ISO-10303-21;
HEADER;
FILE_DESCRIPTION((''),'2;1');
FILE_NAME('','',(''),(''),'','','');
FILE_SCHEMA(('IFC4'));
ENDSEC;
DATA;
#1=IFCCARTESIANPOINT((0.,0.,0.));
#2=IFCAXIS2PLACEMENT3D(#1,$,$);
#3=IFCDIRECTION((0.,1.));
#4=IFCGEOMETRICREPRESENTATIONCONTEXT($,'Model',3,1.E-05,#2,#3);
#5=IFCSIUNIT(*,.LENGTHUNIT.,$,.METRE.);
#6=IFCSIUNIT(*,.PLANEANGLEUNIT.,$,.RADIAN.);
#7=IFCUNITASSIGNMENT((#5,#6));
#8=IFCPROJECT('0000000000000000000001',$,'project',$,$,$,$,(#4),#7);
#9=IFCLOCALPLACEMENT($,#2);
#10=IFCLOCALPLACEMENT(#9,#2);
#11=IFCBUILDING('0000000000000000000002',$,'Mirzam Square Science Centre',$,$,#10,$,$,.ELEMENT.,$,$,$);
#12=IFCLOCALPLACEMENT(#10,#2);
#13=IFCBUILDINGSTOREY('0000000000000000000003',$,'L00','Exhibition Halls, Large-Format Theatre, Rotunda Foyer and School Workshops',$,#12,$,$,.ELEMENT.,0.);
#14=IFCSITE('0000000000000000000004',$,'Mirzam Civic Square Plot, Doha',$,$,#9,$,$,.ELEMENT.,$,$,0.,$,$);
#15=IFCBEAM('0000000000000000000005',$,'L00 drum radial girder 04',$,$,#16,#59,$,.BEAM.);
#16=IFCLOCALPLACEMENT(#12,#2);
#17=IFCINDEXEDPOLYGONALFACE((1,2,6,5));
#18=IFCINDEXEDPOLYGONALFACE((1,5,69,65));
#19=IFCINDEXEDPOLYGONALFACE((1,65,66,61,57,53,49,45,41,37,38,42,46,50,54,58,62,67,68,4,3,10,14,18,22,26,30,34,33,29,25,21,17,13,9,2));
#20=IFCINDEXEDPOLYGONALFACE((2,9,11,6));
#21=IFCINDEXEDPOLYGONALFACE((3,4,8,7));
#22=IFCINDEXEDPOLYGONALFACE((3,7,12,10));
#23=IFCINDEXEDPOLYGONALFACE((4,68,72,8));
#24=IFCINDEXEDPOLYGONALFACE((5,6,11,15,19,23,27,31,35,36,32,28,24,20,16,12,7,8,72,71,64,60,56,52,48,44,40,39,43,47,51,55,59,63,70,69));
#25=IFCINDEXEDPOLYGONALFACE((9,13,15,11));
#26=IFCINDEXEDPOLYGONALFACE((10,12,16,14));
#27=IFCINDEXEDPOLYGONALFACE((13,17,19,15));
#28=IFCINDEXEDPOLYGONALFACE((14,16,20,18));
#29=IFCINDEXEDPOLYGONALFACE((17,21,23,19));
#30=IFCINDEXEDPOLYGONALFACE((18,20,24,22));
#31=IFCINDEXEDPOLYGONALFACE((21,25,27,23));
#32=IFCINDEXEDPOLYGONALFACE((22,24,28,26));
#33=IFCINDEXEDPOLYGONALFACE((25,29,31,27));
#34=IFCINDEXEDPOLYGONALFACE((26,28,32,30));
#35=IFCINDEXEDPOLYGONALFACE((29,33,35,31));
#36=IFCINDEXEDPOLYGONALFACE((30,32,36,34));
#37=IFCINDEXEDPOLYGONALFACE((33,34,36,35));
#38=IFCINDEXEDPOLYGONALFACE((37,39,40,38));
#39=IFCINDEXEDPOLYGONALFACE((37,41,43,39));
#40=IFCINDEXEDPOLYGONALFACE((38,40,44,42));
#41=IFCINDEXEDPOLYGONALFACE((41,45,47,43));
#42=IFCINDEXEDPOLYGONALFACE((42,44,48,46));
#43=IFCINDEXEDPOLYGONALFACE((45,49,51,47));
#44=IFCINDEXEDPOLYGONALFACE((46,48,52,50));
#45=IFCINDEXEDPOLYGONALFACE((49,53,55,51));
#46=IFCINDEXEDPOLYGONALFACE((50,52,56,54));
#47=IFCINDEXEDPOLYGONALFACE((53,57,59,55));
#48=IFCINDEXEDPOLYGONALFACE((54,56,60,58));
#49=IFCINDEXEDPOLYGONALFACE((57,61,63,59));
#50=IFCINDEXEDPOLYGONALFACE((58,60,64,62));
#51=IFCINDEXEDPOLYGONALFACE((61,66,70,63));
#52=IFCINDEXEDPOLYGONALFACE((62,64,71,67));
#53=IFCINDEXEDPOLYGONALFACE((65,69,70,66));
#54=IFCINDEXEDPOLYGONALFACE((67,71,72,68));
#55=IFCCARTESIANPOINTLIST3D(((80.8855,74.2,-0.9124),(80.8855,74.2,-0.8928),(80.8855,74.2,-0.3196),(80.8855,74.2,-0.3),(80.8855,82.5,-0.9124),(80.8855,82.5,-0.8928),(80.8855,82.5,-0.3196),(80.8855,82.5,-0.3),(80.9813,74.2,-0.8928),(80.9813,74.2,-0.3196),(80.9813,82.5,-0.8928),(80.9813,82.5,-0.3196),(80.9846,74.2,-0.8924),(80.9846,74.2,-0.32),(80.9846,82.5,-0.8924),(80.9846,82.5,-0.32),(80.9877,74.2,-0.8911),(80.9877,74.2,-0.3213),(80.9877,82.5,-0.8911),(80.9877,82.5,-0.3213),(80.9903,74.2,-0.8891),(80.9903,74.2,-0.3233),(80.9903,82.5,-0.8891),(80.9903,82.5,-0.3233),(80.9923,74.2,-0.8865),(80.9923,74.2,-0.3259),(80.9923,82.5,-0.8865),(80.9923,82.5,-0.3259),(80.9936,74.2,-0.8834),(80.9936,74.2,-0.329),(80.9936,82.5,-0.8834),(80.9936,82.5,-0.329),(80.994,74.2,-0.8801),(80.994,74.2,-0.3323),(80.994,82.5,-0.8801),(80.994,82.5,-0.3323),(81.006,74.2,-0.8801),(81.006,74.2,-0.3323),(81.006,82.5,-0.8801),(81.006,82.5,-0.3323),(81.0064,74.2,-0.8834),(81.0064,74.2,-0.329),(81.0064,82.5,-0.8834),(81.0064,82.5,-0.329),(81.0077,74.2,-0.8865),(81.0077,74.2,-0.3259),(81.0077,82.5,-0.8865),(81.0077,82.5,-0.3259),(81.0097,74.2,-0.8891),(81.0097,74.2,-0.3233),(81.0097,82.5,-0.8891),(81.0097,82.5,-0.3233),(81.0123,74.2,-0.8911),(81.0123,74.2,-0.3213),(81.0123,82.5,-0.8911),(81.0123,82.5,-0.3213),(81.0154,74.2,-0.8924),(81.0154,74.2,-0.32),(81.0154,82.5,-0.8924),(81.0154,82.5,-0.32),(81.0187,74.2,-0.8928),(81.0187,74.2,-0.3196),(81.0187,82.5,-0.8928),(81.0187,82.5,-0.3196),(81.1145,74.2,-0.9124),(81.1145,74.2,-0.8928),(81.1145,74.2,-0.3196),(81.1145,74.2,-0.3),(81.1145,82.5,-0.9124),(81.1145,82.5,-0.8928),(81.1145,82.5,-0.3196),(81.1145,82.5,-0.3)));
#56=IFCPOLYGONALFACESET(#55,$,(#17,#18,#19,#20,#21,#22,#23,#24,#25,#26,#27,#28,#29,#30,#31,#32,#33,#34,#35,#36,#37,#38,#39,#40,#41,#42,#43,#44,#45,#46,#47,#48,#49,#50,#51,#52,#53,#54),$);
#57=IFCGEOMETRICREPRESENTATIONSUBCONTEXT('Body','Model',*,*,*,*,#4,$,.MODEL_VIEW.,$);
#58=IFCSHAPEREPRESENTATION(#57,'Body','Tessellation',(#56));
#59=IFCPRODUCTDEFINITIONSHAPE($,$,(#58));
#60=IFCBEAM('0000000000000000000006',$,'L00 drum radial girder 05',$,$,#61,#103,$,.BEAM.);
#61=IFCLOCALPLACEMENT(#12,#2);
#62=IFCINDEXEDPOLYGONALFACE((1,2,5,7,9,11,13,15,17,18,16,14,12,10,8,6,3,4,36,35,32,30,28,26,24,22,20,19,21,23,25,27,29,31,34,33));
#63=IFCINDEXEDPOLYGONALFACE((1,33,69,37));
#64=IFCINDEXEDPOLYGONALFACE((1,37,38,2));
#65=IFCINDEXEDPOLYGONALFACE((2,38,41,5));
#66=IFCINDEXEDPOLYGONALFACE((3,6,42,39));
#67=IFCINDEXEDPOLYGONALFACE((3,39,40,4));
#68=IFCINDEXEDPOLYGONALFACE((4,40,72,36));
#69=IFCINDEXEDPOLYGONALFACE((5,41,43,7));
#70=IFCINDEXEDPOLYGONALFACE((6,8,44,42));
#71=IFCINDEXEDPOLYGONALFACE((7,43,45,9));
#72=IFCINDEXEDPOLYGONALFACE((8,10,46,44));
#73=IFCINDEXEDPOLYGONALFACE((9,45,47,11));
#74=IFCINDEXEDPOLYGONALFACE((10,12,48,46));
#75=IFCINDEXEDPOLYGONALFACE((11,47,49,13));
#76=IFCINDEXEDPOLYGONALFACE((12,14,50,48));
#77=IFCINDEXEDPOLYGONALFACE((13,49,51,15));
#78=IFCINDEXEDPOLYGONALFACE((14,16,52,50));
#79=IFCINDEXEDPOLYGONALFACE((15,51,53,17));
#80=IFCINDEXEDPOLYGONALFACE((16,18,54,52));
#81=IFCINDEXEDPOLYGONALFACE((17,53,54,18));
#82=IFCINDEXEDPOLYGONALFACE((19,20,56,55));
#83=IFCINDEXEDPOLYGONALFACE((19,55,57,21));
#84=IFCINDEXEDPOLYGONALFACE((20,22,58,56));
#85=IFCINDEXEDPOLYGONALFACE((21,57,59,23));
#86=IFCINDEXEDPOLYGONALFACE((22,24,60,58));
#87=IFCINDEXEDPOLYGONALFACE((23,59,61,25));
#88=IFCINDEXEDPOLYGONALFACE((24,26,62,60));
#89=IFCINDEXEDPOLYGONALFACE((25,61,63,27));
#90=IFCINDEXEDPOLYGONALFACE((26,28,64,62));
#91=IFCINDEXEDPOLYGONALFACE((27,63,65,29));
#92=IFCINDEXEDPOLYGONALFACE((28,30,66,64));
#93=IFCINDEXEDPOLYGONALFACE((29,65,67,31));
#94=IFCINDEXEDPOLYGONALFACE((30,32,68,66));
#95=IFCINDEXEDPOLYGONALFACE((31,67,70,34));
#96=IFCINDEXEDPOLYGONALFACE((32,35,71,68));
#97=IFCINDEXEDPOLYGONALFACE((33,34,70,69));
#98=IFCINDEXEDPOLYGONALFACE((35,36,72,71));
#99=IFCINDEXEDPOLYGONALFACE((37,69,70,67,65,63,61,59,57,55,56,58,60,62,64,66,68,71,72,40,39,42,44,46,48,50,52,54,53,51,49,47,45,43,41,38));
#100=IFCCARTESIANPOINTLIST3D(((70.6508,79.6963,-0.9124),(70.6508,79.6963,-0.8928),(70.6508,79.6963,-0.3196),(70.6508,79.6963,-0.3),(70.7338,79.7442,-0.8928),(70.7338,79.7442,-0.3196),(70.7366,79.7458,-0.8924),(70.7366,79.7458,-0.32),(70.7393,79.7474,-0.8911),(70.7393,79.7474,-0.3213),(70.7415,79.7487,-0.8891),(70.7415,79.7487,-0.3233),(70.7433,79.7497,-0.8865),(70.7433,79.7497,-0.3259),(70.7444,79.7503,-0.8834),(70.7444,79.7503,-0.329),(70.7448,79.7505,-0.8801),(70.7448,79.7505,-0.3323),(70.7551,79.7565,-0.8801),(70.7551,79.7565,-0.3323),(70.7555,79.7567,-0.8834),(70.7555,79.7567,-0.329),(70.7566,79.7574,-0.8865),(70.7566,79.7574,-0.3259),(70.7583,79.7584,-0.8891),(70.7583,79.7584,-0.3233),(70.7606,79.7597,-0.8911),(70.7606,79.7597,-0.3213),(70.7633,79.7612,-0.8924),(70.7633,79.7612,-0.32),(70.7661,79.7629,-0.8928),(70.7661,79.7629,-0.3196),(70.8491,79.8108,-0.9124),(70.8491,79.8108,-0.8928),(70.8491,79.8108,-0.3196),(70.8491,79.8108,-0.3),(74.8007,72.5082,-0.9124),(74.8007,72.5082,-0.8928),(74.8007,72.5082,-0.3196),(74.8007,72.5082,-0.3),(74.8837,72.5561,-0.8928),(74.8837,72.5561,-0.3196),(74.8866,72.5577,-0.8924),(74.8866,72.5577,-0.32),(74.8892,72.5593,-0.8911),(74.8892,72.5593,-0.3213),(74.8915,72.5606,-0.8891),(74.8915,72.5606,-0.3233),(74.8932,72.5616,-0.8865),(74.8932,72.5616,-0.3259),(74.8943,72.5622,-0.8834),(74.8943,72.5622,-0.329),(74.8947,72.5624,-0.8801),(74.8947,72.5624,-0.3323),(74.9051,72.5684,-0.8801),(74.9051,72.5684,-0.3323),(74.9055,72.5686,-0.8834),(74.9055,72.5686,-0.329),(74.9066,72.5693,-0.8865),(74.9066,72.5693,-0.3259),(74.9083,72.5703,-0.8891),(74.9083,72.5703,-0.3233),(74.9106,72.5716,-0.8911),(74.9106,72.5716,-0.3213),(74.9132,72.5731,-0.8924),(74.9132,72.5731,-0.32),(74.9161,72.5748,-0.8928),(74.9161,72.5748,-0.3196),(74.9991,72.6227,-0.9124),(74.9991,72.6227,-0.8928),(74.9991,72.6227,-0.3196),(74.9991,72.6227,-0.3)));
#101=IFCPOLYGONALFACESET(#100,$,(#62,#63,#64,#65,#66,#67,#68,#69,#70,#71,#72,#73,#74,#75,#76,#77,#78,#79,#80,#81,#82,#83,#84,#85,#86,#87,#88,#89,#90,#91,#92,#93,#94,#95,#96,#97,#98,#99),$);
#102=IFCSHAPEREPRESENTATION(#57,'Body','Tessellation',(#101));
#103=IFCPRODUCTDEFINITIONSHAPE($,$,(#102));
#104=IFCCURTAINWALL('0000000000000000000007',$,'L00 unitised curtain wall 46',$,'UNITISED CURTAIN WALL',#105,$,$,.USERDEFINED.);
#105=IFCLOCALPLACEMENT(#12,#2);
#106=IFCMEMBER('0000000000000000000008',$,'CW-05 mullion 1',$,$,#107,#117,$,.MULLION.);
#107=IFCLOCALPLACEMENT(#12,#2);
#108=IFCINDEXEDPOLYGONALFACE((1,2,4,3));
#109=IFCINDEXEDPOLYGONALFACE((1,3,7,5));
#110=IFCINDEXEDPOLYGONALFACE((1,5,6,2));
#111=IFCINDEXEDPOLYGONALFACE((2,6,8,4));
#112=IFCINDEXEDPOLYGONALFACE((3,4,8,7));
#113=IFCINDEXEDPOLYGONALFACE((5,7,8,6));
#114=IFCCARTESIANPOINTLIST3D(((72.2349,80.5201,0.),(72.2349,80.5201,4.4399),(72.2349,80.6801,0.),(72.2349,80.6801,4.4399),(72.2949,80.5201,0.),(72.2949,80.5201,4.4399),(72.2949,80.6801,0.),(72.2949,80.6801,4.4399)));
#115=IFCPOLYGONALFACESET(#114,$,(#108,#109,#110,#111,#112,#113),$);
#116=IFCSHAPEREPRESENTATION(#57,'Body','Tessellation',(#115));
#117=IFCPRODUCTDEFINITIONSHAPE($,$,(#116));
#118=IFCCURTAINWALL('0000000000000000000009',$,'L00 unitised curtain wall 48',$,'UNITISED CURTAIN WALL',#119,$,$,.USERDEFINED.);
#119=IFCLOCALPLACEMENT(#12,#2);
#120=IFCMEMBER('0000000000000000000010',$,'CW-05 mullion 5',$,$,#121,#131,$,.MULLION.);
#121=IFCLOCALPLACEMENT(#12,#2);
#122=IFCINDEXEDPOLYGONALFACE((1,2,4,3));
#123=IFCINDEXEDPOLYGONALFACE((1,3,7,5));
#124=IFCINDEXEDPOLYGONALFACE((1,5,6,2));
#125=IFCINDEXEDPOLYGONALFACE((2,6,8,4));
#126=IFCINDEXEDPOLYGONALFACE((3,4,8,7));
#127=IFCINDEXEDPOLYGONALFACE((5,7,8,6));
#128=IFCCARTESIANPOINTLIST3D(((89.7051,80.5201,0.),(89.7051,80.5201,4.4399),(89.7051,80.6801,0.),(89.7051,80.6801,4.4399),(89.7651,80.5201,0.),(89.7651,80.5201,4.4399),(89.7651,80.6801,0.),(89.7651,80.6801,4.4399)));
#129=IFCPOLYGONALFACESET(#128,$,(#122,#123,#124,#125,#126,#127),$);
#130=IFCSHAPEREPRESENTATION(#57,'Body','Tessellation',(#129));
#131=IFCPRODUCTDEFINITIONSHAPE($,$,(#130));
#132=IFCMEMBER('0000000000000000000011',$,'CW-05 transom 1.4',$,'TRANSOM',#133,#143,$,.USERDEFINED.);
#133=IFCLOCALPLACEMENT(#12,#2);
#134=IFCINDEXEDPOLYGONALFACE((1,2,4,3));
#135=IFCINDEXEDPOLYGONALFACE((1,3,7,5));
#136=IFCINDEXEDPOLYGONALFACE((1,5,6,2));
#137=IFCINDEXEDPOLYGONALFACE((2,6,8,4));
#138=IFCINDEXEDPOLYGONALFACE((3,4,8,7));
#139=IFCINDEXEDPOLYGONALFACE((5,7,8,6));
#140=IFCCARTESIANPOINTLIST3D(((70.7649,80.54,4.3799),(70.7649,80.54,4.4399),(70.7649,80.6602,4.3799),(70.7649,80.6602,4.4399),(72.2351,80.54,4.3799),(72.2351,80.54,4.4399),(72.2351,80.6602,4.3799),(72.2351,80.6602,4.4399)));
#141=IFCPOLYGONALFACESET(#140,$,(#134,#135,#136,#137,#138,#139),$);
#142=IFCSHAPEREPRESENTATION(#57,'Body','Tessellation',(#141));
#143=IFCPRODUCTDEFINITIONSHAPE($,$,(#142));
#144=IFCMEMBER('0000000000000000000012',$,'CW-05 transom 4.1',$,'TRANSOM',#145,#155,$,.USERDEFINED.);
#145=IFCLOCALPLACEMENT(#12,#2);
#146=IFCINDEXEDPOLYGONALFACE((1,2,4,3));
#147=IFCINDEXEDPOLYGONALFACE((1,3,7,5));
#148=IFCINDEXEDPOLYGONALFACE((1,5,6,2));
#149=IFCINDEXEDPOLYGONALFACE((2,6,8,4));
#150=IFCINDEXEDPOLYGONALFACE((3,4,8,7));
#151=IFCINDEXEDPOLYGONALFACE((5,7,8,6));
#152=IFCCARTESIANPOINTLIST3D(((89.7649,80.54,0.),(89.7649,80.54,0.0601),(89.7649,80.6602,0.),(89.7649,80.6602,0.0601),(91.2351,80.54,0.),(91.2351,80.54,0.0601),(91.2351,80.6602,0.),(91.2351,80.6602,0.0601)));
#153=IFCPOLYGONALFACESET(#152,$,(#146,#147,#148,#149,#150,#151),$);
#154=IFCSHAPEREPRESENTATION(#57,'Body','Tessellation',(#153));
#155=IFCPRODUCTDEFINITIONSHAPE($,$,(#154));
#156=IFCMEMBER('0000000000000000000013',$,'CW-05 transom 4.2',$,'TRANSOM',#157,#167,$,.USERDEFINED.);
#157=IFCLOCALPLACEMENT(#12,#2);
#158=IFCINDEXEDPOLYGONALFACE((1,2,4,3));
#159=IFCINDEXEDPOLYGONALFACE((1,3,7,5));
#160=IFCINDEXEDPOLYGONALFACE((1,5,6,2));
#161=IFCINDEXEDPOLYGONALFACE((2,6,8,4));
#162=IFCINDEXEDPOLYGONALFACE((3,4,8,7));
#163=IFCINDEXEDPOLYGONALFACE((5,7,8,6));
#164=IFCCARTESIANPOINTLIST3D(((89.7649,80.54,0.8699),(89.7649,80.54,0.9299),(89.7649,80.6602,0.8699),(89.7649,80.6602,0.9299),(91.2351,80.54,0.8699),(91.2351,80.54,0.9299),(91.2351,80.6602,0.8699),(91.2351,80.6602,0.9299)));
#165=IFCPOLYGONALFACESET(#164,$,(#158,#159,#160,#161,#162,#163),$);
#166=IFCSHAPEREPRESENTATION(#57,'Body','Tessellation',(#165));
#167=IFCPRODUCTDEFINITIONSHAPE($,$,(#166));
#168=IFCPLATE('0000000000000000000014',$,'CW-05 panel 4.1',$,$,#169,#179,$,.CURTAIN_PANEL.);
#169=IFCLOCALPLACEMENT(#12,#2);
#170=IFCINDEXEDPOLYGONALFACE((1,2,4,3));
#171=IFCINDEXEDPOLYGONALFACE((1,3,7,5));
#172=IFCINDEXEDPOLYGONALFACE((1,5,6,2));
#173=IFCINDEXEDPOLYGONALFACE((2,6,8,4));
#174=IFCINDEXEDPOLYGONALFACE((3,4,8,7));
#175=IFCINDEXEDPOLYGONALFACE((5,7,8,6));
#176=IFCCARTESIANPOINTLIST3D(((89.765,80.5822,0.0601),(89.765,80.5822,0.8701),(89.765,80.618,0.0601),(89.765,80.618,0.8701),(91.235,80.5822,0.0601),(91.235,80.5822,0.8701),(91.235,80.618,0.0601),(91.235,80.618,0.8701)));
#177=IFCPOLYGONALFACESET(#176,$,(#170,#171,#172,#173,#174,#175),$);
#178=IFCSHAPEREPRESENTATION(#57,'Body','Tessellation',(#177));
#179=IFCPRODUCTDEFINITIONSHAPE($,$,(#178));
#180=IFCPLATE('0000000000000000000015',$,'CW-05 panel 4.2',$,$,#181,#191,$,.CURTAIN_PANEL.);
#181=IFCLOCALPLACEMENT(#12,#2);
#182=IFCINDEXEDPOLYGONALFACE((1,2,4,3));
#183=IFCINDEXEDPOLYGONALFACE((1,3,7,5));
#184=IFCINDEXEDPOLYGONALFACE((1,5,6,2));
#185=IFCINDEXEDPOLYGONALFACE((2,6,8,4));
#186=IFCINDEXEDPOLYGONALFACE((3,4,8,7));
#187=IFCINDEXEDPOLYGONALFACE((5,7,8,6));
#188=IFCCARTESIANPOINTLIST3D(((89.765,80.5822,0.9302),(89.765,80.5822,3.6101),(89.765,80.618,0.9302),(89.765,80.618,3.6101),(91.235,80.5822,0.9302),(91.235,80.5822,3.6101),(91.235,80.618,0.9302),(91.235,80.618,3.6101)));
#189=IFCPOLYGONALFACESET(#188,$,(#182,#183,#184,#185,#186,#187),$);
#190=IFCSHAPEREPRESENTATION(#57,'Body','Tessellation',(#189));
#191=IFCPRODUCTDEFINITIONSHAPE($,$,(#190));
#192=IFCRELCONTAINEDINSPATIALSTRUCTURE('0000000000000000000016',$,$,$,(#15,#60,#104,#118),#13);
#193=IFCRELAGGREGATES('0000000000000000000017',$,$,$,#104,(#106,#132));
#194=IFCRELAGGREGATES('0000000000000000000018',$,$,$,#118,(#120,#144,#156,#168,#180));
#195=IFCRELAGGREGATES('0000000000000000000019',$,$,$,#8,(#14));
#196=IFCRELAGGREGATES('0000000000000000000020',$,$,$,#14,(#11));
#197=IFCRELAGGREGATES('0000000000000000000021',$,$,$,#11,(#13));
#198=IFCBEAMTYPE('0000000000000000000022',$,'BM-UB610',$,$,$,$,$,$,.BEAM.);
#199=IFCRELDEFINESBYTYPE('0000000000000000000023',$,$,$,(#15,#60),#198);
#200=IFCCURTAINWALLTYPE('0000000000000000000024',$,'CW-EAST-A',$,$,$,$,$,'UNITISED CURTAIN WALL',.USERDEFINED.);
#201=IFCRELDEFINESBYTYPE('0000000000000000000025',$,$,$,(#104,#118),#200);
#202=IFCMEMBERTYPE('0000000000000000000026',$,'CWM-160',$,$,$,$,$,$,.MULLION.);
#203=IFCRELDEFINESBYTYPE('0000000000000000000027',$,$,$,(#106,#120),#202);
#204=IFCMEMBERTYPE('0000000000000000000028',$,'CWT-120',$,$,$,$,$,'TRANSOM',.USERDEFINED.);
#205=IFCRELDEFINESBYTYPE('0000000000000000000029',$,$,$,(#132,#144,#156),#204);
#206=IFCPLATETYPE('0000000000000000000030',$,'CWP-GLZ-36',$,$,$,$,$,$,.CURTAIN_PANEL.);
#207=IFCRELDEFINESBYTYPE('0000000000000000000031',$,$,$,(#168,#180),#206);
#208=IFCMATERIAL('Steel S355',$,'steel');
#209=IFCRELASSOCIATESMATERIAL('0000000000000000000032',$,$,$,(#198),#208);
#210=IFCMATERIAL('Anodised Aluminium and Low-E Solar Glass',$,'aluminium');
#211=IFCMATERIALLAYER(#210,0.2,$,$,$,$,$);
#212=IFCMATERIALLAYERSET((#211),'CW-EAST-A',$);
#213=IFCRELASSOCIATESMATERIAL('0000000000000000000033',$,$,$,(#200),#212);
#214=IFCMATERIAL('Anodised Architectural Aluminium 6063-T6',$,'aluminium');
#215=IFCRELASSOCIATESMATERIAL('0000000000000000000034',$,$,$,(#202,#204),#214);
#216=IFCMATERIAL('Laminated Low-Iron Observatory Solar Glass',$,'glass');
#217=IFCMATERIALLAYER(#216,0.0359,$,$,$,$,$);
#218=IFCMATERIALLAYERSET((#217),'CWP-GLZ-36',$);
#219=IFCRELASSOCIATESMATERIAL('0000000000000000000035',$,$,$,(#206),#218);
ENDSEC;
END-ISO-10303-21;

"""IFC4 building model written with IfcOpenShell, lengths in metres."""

from ifc_helpers import new_model, si_unit, direction, frame, origin, origin_2d, place, context, subcontext, project, spatial, rectangle, i_section, extrude, material, layer, layer_set, material_profile, profile_set, type_object, element, aggregate, save


model = new_model("IFC4")

# Units and contexts
model_context = context("Model", 3, precision=1e-05, world=origin(), true_north=direction((0.0, 1.0)))
body_context = subcontext(model_context, "Body", "Model", "MODEL_VIEW")
ifc_project = project(units=[si_unit("LENGTHUNIT", "METRE"), si_unit("PLANEANGLEUNIT", "RADIAN")], contexts=[model_context])

# Site, building, storey
site_placement = place(None, origin())
site = spatial("IfcSite", under=ifc_project, at=site_placement, Name="Mirzam Civic Square Plot, Doha", CompositionType="ELEMENT", RefElevation=0.0)
building_placement = place(site_placement, origin())
building = spatial("IfcBuilding", under=site, at=building_placement, Name="Mirzam Square Science Centre", CompositionType="ELEMENT")
storey_placement = place(building_placement, origin())
storey = spatial("IfcBuildingStorey", under=building, at=storey_placement, Name="L00", Description="Exhibition Halls, Large-Format Theatre, Rotunda Foyer and School Workshops", CompositionType="ELEMENT", Elevation=0.0)

# Shared definitions
ifc_material_1 = material(Name="Steel S355", Category="steel")

# Beams
ifc_material_profile_1 = material_profile(ifc_material_1, i_section(OverallWidth=0.229, OverallDepth=0.6123, WebThickness=0.012, FlangeThickness=0.0195, FilletRadius=0.0127, at=origin_2d()), Name="610x229x125UB")
ifc_profile_set_1 = profile_set([ifc_material_profile_1], Name="Steel S355")
beam_type_1 = type_object("IfcBeamType", Name="BM-UB610", PredefinedType="BEAM", material=ifc_profile_set_1)
for number, where, z_axis, x_axis, name in (
    (1, (81.0, 74.2, -0.6062), (0.0, 1.0, 0.0), (-1.0, 0.0, 0.0), "L00 drum radial girder 04"),
    (2, (74.8999, 72.5654, -0.6062), (-0.499992, 0.86603, 0.0), (-0.86603, -0.499992, 0.0), "L00 drum radial girder 05"),
):
    element("IfcBeam", number, at=place(storey_placement, frame(where, z_axis=z_axis, x_axis=x_axis)), inside=storey, type_object=beam_type_1, Name=name, PredefinedType="BEAM", context=body_context, shape_type="SweptSolid", body=[
        extrude(i_section(OverallWidth=0.229, OverallDepth=0.6123, WebThickness=0.012, FlangeThickness=0.0195, FilletRadius=0.0127, at=origin_2d()), origin(), (0.0, 0.0, 1.0), 8.3),
    ])

# Curtain walls, members
ifc_material_2 = material(Name="Anodised Aluminium and Low-E Solar Glass", Category="aluminium")
ifc_layer_1 = layer(ifc_material_2, 0.2)
ifc_layer_set_1 = layer_set([ifc_layer_1], Name="CW-EAST-A")
curtain_wall_type = type_object("IfcCurtainWallType", Name="CW-EAST-A", ElementType="UNITISED CURTAIN WALL", PredefinedType="USERDEFINED", material=ifc_layer_set_1)
curtain_wall_1_placement = place(storey_placement, origin())
curtain_wall_1 = element("IfcCurtainWall", 3, at=curtain_wall_1_placement, inside=storey, type_object=curtain_wall_type, Name="L00 unitised curtain wall 46", ObjectType="UNITISED CURTAIN WALL", PredefinedType="USERDEFINED")
ifc_material_3 = material(Name="Anodised Architectural Aluminium 6063-T6", Category="aluminium")
ifc_material_profile_2 = material_profile(ifc_material_3, rectangle(XDim=0.0601, YDim=0.1599, at=origin_2d()), Name="ALU-MULL-160x60x4")
ifc_profile_set_2 = profile_set([ifc_material_profile_2], Name="Anodised Architectural Aluminium 6063-T6")
member_type_1 = type_object("IfcMemberType", Name="CWM-160", PredefinedType="MULLION", material=ifc_profile_set_2)
member_1_placement = place(storey_placement, frame((72.2649, 80.6001, 0.0), z_axis=(0.0, 0.0, 1.0), x_axis=(-1.0, 0.0, 0.0)))
member_1 = element("IfcMember", 4, at=member_1_placement, type_object=member_type_1, Name="CW-05 mullion 1", PredefinedType="MULLION", context=body_context, shape_type="SweptSolid", body=[
    extrude(rectangle(XDim=0.0601, YDim=0.1599, at=origin_2d()), origin(), (0.0, 0.0, 1.0), 4.4399),
])
curtain_wall_2_placement = place(storey_placement, origin())
curtain_wall_2 = element("IfcCurtainWall", 5, at=curtain_wall_2_placement, inside=storey, type_object=curtain_wall_type, Name="L00 unitised curtain wall 48", ObjectType="UNITISED CURTAIN WALL", PredefinedType="USERDEFINED")
member_2_placement = place(storey_placement, frame((89.7351, 80.6001, 0.0), z_axis=(0.0, 0.0, 1.0), x_axis=(-1.0, 0.0, 0.0)))
member_2 = element("IfcMember", 6, at=member_2_placement, type_object=member_type_1, Name="CW-05 mullion 5", PredefinedType="MULLION", context=body_context, shape_type="SweptSolid", body=[
    extrude(rectangle(XDim=0.0601, YDim=0.1599, at=origin_2d()), origin(), (0.0, 0.0, 1.0), 4.4399),
])

# Members
ifc_material_profile_3 = material_profile(ifc_material_3, rectangle(XDim=0.1201, YDim=0.0601, at=origin_2d()), Name="ALU-TRAN-120x60x4")
ifc_profile_set_3 = profile_set([ifc_material_profile_3], Name="Anodised Architectural Aluminium 6063-T6")
member_type_2 = type_object("IfcMemberType", Name="CWT-120", ElementType="TRANSOM", PredefinedType="USERDEFINED", material=ifc_profile_set_3)
member_3_placement = place(storey_placement, frame((72.2351, 80.6001, 4.4099), z_axis=(-1.0, 0.0, 0.0), x_axis=(0.0, -1.0, 0.0)))
member_3 = element("IfcMember", 7, at=member_3_placement, type_object=member_type_2, Name="CW-05 transom 1.4", ObjectType="TRANSOM", PredefinedType="USERDEFINED", context=body_context, shape_type="SweptSolid", body=[
    extrude(rectangle(XDim=0.1201, YDim=0.0601, at=origin_2d()), origin(), (0.0, 0.0, 1.0), 1.4702),
])
aggregate(curtain_wall_1, [member_1, member_3])
member_4_placement = place(storey_placement, frame((91.2351, 80.6001, 0.03), z_axis=(-1.0, 0.0, 0.0), x_axis=(0.0, -1.0, 0.0)))
member_4 = element("IfcMember", 8, at=member_4_placement, type_object=member_type_2, Name="CW-05 transom 4.1", ObjectType="TRANSOM", PredefinedType="USERDEFINED", context=body_context, shape_type="SweptSolid", body=[
    extrude(rectangle(XDim=0.1201, YDim=0.0601, at=origin_2d()), origin(), (0.0, 0.0, 1.0), 1.4702),
])
member_5_placement = place(storey_placement, frame((91.2351, 80.6001, 0.8999), z_axis=(-1.0, 0.0, 0.0), x_axis=(0.0, -1.0, 0.0)))
member_5 = element("IfcMember", 9, at=member_5_placement, type_object=member_type_2, Name="CW-05 transom 4.2", ObjectType="TRANSOM", PredefinedType="USERDEFINED", context=body_context, shape_type="SweptSolid", body=[
    extrude(rectangle(XDim=0.1201, YDim=0.0601, at=origin_2d()), origin(), (0.0, 0.0, 1.0), 1.4702),
])

# Plates
ifc_material_4 = material(Name="Laminated Low-Iron Observatory Solar Glass", Category="glass")
ifc_layer_2 = layer(ifc_material_4, 0.0359)
ifc_layer_set_2 = layer_set([ifc_layer_2], Name="CWP-GLZ-36")
plate_type = type_object("IfcPlateType", Name="CWP-GLZ-36", PredefinedType="CURTAIN_PANEL", material=ifc_layer_set_2)
plate_1_placement = place(storey_placement, frame((90.5, 80.6001, 0.0601), z_axis=(0.0, 0.0, 1.0), x_axis=(-1.0, 0.0, 0.0)))
plate_1 = element("IfcPlate", 10, at=plate_1_placement, type_object=plate_type, Name="CW-05 panel 4.1", PredefinedType="CURTAIN_PANEL", context=body_context, shape_type="SweptSolid", body=[
    extrude(rectangle(XDim=1.47, YDim=0.0359, at=origin_2d()), origin(), (0.0, 0.0, 1.0), 0.8101),
])
plate_2_placement = place(storey_placement, frame((90.5, 80.6001, 0.9302), z_axis=(0.0, 0.0, 1.0), x_axis=(-1.0, 0.0, 0.0)))
plate_2 = element("IfcPlate", 11, at=plate_2_placement, type_object=plate_type, Name="CW-05 panel 4.2", PredefinedType="CURTAIN_PANEL", context=body_context, shape_type="SweptSolid", body=[
    extrude(rectangle(XDim=1.47, YDim=0.0359, at=origin_2d()), origin(), (0.0, 0.0, 1.0), 2.6799),
])
aggregate(curtain_wall_2, [member_2, member_4, member_5, plate_1, plate_2])

save(model, "model.ifc")
